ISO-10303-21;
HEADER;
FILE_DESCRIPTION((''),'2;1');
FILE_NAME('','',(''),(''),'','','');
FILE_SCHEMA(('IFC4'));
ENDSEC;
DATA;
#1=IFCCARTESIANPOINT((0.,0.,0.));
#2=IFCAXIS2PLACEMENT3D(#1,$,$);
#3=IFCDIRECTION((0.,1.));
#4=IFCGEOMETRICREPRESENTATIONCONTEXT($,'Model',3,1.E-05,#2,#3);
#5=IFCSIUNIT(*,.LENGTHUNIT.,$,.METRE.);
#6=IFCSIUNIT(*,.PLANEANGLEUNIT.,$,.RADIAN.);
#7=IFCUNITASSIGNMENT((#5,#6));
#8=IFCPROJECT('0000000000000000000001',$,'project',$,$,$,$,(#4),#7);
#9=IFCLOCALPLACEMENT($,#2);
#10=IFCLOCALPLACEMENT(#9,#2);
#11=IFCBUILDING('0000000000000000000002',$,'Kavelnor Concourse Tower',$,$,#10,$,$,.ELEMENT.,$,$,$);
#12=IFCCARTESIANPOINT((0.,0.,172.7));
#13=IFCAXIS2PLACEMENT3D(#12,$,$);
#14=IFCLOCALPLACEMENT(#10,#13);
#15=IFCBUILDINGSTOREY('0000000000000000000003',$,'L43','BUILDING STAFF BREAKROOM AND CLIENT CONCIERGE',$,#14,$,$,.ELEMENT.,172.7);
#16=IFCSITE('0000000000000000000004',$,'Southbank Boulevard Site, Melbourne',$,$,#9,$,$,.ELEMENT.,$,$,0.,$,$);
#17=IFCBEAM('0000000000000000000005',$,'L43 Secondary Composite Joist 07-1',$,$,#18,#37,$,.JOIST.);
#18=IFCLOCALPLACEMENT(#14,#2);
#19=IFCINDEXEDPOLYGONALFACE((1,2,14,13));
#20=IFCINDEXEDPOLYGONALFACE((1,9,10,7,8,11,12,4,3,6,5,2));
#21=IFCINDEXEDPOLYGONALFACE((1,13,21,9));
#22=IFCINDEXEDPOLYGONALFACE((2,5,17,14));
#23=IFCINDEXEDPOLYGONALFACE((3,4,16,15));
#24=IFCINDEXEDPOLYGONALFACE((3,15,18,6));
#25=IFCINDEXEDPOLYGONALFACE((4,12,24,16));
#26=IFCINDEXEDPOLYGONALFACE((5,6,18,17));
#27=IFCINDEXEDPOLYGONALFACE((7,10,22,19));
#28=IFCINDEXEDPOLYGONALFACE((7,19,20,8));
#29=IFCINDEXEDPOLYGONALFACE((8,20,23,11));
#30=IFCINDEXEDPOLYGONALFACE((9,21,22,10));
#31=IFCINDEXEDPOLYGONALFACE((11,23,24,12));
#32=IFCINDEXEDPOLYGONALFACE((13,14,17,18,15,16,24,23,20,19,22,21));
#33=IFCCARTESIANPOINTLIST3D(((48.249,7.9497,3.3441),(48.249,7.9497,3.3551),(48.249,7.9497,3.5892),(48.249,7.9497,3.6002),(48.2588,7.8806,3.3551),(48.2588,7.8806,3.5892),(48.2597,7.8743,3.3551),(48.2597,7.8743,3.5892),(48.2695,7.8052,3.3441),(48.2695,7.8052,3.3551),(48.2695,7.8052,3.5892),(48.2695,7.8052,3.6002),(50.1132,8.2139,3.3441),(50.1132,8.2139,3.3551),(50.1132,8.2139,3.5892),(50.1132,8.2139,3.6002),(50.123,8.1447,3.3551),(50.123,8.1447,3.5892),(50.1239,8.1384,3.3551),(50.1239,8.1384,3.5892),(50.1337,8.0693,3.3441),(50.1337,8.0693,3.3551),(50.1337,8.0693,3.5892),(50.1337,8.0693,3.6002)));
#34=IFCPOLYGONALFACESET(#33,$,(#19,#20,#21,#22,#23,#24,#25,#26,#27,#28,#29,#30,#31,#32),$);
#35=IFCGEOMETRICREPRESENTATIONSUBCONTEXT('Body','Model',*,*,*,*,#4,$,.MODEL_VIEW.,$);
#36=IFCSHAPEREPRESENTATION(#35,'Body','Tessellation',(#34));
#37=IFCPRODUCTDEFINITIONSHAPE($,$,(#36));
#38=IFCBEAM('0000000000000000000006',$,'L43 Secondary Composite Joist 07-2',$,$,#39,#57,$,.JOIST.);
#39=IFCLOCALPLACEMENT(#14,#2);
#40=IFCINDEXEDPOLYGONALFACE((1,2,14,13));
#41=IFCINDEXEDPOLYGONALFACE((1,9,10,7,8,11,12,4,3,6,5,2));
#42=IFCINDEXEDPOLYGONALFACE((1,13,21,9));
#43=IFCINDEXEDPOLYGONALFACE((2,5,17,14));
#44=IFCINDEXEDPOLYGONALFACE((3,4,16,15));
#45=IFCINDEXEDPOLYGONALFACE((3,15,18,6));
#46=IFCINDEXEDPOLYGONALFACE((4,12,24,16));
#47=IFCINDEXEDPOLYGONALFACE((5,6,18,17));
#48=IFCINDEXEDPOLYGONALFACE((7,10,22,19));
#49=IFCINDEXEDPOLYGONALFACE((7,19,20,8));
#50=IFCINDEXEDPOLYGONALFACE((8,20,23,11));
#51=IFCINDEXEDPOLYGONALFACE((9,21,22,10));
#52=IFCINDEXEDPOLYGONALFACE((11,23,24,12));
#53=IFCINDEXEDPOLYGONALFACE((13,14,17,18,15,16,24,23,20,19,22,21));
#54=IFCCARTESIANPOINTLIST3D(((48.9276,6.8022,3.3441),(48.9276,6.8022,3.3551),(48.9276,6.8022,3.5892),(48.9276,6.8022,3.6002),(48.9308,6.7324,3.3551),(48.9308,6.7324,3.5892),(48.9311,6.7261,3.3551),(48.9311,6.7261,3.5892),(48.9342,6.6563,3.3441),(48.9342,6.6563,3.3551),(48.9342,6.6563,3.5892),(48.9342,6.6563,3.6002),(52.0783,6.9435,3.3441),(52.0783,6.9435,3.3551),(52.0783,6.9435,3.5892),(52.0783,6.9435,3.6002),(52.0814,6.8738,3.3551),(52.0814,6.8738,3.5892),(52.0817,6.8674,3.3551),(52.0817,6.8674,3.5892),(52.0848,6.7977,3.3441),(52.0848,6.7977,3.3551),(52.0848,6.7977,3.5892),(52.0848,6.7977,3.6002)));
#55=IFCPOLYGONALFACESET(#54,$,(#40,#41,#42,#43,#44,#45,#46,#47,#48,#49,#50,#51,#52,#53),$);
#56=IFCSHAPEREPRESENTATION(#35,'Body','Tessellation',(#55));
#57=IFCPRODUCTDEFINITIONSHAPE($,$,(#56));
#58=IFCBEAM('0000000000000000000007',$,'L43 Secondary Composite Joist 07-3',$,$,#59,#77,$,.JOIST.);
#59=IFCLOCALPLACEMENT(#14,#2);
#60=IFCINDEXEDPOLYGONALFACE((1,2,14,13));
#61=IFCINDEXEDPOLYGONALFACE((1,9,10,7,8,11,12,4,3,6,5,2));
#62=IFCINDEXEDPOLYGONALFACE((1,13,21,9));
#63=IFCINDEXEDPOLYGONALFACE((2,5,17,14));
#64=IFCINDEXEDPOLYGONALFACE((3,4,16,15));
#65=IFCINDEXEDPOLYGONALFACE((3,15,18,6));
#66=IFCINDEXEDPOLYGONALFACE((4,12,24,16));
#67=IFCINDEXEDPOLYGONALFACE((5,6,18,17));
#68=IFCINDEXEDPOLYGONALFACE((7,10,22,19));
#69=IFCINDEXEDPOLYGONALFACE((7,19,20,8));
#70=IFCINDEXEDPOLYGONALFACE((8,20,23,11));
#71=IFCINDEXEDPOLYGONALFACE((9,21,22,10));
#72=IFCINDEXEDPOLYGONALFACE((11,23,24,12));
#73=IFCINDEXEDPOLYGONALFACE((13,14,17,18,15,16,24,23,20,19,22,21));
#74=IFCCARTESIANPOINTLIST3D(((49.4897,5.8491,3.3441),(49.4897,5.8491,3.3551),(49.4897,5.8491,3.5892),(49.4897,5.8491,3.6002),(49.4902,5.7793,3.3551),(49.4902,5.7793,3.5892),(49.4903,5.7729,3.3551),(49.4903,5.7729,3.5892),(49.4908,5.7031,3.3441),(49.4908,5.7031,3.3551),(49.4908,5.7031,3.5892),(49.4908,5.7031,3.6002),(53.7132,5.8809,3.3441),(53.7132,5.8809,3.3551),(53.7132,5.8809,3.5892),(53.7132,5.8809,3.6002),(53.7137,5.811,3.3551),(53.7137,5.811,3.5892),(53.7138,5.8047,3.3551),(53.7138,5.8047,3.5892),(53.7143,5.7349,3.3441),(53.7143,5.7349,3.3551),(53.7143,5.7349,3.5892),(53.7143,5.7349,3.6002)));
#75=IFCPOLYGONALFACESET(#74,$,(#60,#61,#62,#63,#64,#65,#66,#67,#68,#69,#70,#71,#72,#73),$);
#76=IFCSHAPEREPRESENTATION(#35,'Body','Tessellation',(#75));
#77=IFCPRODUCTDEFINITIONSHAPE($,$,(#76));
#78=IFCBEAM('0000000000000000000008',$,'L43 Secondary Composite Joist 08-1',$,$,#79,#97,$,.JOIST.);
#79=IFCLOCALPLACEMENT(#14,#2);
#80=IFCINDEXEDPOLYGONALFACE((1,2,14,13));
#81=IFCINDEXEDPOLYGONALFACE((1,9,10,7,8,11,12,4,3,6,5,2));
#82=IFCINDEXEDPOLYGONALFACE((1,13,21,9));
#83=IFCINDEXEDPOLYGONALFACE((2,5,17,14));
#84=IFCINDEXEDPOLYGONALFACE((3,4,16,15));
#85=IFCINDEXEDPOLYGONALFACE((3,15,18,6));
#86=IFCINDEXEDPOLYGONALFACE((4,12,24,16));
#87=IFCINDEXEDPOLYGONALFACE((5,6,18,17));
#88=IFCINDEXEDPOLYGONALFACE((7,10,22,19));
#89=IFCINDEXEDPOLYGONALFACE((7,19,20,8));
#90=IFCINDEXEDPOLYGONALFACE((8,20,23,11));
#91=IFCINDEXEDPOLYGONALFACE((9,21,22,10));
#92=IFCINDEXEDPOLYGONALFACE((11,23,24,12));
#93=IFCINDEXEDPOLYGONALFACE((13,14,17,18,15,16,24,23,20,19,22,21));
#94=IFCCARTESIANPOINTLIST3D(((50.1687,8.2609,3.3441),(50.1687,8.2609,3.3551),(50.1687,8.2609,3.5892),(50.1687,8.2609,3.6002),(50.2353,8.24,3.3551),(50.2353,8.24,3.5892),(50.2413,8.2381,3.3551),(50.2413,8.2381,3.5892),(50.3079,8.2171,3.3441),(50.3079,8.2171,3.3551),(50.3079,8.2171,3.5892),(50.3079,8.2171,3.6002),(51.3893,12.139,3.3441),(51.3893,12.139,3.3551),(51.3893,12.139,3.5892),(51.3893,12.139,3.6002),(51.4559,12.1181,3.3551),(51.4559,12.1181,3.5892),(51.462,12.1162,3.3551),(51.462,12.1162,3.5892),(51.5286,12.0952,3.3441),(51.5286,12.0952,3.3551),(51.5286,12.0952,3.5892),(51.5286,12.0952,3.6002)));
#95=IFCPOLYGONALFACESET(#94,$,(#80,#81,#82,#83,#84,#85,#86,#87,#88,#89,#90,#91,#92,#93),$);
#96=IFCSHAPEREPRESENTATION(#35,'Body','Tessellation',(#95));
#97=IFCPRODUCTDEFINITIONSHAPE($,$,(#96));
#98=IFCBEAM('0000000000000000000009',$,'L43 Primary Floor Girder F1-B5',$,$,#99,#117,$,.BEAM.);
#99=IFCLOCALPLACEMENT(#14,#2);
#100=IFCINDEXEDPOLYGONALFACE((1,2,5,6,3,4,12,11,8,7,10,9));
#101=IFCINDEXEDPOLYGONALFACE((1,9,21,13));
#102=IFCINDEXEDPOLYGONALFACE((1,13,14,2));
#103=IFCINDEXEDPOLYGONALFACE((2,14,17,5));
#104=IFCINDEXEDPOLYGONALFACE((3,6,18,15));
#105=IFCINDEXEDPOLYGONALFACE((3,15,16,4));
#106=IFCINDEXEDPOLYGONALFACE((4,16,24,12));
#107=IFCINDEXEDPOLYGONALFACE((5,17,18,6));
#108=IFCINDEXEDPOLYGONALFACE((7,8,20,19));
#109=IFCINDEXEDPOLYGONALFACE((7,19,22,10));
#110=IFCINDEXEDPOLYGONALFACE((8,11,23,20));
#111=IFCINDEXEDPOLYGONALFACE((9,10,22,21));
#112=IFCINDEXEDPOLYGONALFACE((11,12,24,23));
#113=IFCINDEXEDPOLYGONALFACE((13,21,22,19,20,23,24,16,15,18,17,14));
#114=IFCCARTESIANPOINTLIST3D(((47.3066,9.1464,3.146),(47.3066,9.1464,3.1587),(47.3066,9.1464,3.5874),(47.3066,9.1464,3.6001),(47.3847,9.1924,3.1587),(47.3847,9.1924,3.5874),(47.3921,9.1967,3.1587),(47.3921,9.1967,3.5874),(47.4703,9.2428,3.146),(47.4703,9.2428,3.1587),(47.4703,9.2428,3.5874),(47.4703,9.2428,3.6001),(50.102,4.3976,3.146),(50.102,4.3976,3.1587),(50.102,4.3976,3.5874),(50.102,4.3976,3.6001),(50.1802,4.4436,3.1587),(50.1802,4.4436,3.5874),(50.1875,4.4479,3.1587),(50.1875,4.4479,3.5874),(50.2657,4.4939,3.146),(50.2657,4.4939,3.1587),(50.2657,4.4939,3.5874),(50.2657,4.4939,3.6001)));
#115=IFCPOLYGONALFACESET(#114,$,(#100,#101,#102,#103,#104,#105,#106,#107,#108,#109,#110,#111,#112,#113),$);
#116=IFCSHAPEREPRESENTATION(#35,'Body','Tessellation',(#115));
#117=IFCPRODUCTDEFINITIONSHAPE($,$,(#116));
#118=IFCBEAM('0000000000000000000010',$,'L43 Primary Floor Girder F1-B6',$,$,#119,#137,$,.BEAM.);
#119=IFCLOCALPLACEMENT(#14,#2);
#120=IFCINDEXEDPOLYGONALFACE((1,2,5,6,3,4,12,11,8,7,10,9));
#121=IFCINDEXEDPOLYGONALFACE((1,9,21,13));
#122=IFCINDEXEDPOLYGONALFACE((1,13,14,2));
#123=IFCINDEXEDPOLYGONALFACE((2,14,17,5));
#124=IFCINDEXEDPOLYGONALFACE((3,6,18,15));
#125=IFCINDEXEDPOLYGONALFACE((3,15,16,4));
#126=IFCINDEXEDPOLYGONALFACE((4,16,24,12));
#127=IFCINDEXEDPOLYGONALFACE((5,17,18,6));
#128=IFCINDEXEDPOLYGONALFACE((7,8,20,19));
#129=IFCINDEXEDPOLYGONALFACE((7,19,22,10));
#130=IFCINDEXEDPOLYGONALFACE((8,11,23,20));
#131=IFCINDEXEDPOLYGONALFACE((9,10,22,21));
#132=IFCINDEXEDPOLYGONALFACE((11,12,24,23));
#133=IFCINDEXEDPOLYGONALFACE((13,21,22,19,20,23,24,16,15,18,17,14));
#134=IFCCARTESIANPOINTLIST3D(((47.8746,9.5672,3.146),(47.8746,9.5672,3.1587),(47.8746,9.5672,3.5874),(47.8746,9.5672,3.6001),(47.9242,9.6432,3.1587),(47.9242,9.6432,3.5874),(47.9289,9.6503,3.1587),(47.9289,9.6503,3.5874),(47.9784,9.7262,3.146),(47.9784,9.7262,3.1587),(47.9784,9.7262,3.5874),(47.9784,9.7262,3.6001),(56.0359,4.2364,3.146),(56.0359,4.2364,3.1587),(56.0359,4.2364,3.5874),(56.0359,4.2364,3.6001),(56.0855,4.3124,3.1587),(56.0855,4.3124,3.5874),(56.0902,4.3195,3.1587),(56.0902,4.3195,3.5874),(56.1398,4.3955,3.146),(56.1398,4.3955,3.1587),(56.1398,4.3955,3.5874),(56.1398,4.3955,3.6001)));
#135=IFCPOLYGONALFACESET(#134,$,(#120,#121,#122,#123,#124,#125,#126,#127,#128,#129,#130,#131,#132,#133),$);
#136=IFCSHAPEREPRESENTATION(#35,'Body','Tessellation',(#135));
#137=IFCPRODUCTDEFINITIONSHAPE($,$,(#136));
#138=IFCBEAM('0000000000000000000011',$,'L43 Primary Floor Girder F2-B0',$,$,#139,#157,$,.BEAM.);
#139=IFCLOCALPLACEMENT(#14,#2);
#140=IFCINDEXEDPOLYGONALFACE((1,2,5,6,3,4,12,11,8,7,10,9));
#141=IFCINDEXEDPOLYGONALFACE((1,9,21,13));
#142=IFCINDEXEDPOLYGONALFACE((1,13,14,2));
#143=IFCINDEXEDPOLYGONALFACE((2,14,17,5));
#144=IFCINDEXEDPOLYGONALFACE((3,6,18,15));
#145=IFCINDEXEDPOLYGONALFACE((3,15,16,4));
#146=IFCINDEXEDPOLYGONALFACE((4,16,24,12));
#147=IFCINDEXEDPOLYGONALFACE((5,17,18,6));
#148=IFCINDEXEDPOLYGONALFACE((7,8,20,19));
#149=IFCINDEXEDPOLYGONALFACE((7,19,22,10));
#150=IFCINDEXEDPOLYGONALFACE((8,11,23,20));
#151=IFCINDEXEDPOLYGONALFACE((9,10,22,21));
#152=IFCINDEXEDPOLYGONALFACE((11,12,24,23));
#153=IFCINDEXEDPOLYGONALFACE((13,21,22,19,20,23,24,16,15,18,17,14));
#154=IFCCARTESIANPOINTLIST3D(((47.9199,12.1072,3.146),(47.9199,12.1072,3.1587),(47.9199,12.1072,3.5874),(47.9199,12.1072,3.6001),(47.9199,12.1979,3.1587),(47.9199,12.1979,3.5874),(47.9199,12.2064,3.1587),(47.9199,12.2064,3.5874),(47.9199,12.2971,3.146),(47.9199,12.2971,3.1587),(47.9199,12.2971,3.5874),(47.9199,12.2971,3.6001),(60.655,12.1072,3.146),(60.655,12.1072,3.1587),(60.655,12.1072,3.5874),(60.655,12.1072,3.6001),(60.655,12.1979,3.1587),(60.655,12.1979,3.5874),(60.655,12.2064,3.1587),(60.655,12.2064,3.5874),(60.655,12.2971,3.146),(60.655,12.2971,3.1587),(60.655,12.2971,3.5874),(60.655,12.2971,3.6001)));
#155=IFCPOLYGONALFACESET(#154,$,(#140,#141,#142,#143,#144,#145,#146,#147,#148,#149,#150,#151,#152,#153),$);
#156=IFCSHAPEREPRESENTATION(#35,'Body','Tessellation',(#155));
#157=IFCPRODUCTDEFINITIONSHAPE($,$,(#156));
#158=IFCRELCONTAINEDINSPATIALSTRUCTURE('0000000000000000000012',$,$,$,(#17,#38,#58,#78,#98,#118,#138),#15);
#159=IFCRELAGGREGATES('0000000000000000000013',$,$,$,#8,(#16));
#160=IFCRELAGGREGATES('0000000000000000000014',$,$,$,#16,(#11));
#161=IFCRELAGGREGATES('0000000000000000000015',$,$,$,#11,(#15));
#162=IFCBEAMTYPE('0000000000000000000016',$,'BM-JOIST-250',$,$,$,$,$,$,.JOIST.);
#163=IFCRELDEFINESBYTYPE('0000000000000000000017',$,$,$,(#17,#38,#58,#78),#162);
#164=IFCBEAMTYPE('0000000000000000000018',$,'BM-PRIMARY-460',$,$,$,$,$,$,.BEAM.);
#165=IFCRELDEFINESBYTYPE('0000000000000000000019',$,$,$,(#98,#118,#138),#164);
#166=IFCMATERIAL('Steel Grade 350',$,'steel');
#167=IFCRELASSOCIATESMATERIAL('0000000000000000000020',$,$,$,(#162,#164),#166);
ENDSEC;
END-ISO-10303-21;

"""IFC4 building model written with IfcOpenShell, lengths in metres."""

from ifc_helpers import new_model, si_unit, direction, frame, origin, origin_2d, place, context, subcontext, project, spatial, i_section, extrude, material, material_profile, profile_set, type_object, element, save


model = new_model("IFC4")

# Units and contexts
model_context = context("Model", 3, precision=1e-05, world=origin(), true_north=direction((0.0, 1.0)))
body_context = subcontext(model_context, "Body", "Model", "MODEL_VIEW")
ifc_project = project(units=[si_unit("LENGTHUNIT", "METRE"), si_unit("PLANEANGLEUNIT", "RADIAN")], contexts=[model_context])

# Site, building, storey
site_placement = place(None, origin())
site = spatial("IfcSite", under=ifc_project, at=site_placement, Name="Southbank Boulevard Site, Melbourne", CompositionType="ELEMENT", RefElevation=0.0)
building_placement = place(site_placement, origin())
building = spatial("IfcBuilding", under=site, at=building_placement, Name="Kavelnor Concourse Tower", CompositionType="ELEMENT")
storey_placement = place(building_placement, frame((0.0, 0.0, 172.7)))
storey = spatial("IfcBuildingStorey", under=building, at=storey_placement, Name="L43", Description="BUILDING STAFF BREAKROOM AND CLIENT CONCIERGE", CompositionType="ELEMENT", Elevation=172.7)

# Beams
ifc_material_1 = material(Name="Steel Grade 350", Category="steel")
ifc_material_profile_1 = material_profile(ifc_material_1, i_section(OverallWidth=0.146, OverallDepth=0.2561, WebThickness=0.0063, FlangeThickness=0.011, at=origin_2d()), Name="250UB37")
ifc_profile_set_1 = profile_set([ifc_material_profile_1], Name="Steel Grade 350")
beam_type_1 = type_object("IfcBeamType", Name="BM-JOIST-250", PredefinedType="JOIST", material=ifc_profile_set_1)
beam_1_placement = place(storey_placement, frame((48.2593, 7.8774, 3.4722), z_axis=(0.99011, 0.140296, 0.0), x_axis=(-0.140296, 0.99011, 0.0)))
element("IfcBeam", 1, at=beam_1_placement, inside=storey, type_object=beam_type_1, Name="L43 Secondary Composite Joist 07-1", PredefinedType="JOIST", context=body_context, shape_type="SweptSolid", body=[
    extrude(i_section(OverallWidth=0.146, OverallDepth=0.2561, WebThickness=0.0063, FlangeThickness=0.011, at=origin_2d()), origin(), (0.0, 0.0, 1.0), 1.8828),
])
beam_2_placement = place(storey_placement, frame((48.9309, 6.7292, 3.4722), z_axis=(0.998995, 0.044821, 0.0), x_axis=(-0.044821, 0.998995, 0.0)))
element("IfcBeam", 2, at=beam_2_placement, inside=storey, type_object=beam_type_1, Name="L43 Secondary Composite Joist 07-2", PredefinedType="JOIST", context=body_context, shape_type="SweptSolid", body=[
    extrude(i_section(OverallWidth=0.146, OverallDepth=0.2561, WebThickness=0.0063, FlangeThickness=0.011, at=origin_2d()), origin(), (0.0, 0.0, 1.0), 3.1538),
])
beam_3_placement = place(storey_placement, frame((49.4902, 5.7761, 3.4722), z_axis=(0.999972, 0.007514, 0.0), x_axis=(-0.007514, 0.999972, 0.0)))
element("IfcBeam", 3, at=beam_3_placement, inside=storey, type_object=beam_type_1, Name="L43 Secondary Composite Joist 07-3", PredefinedType="JOIST", context=body_context, shape_type="SweptSolid", body=[
    extrude(i_section(OverallWidth=0.146, OverallDepth=0.2561, WebThickness=0.0063, FlangeThickness=0.011, at=origin_2d()), origin(), (0.0, 0.0, 1.0), 4.2236),
])
beam_4_placement = place(storey_placement, frame((50.2383, 8.239, 3.4722), z_axis=(0.30024, 0.953864, 0.0), x_axis=(-0.953864, 0.30024, 0.0)))
element("IfcBeam", 4, at=beam_4_placement, inside=storey, type_object=beam_type_1, Name="L43 Secondary Composite Joist 08-1", PredefinedType="JOIST", context=body_context, shape_type="SweptSolid", body=[
    extrude(i_section(OverallWidth=0.146, OverallDepth=0.2561, WebThickness=0.0063, FlangeThickness=0.011, at=origin_2d()), origin(), (0.0, 0.0, 1.0), 4.0657),
])
ifc_material_profile_2 = material_profile(ifc_material_1, i_section(OverallWidth=0.1899, OverallDepth=0.4541, WebThickness=0.0085, FlangeThickness=0.0127, at=origin_2d()), Name="460UB67")
ifc_profile_set_2 = profile_set([ifc_material_profile_2], Name="Steel Grade 350")
beam_type_2 = type_object("IfcBeamType", Name="BM-PRIMARY-460", PredefinedType="BEAM", material=ifc_profile_set_2)
beam_5_placement = place(storey_placement, frame((47.3884, 9.1946, 3.373), z_axis=(0.507291, -0.861775, 0.0), x_axis=(0.861775, 0.507291, 0.0)))
element("IfcBeam", 5, at=beam_5_placement, inside=storey, type_object=beam_type_2, Name="L43 Primary Floor Girder F1-B5", PredefinedType="BEAM", context=body_context, shape_type="SweptSolid", body=[
    extrude(i_section(OverallWidth=0.1899, OverallDepth=0.4541, WebThickness=0.0085, FlangeThickness=0.0127, at=origin_2d()), origin(), (0.0, 0.0, 1.0), 5.5105),
])
beam_6_placement = place(storey_placement, frame((47.9265, 9.6467, 3.373), z_axis=(0.837227, -0.546856, 0.0), x_axis=(0.546856, 0.837227, 0.0)))
element("IfcBeam", 6, at=beam_6_placement, inside=storey, type_object=beam_type_2, Name="L43 Primary Floor Girder F1-B6", PredefinedType="BEAM", context=body_context, shape_type="SweptSolid", body=[
    extrude(i_section(OverallWidth=0.1899, OverallDepth=0.4541, WebThickness=0.0085, FlangeThickness=0.0127, at=origin_2d()), origin(), (0.0, 0.0, 1.0), 9.748),
])
beam_7_placement = place(storey_placement, frame((47.9199, 12.2021, 3.373), z_axis=(1.0, 0.0, 0.0), x_axis=(0.0, 1.0, 0.0)))
element("IfcBeam", 7, at=beam_7_placement, inside=storey, type_object=beam_type_2, Name="L43 Primary Floor Girder F2-B0", PredefinedType="BEAM", context=body_context, shape_type="SweptSolid", body=[
    extrude(i_section(OverallWidth=0.1899, OverallDepth=0.4541, WebThickness=0.0085, FlangeThickness=0.0127, at=origin_2d()), origin(), (0.0, 0.0, 1.0), 12.7351),
])

save(model, "model.ifc")
